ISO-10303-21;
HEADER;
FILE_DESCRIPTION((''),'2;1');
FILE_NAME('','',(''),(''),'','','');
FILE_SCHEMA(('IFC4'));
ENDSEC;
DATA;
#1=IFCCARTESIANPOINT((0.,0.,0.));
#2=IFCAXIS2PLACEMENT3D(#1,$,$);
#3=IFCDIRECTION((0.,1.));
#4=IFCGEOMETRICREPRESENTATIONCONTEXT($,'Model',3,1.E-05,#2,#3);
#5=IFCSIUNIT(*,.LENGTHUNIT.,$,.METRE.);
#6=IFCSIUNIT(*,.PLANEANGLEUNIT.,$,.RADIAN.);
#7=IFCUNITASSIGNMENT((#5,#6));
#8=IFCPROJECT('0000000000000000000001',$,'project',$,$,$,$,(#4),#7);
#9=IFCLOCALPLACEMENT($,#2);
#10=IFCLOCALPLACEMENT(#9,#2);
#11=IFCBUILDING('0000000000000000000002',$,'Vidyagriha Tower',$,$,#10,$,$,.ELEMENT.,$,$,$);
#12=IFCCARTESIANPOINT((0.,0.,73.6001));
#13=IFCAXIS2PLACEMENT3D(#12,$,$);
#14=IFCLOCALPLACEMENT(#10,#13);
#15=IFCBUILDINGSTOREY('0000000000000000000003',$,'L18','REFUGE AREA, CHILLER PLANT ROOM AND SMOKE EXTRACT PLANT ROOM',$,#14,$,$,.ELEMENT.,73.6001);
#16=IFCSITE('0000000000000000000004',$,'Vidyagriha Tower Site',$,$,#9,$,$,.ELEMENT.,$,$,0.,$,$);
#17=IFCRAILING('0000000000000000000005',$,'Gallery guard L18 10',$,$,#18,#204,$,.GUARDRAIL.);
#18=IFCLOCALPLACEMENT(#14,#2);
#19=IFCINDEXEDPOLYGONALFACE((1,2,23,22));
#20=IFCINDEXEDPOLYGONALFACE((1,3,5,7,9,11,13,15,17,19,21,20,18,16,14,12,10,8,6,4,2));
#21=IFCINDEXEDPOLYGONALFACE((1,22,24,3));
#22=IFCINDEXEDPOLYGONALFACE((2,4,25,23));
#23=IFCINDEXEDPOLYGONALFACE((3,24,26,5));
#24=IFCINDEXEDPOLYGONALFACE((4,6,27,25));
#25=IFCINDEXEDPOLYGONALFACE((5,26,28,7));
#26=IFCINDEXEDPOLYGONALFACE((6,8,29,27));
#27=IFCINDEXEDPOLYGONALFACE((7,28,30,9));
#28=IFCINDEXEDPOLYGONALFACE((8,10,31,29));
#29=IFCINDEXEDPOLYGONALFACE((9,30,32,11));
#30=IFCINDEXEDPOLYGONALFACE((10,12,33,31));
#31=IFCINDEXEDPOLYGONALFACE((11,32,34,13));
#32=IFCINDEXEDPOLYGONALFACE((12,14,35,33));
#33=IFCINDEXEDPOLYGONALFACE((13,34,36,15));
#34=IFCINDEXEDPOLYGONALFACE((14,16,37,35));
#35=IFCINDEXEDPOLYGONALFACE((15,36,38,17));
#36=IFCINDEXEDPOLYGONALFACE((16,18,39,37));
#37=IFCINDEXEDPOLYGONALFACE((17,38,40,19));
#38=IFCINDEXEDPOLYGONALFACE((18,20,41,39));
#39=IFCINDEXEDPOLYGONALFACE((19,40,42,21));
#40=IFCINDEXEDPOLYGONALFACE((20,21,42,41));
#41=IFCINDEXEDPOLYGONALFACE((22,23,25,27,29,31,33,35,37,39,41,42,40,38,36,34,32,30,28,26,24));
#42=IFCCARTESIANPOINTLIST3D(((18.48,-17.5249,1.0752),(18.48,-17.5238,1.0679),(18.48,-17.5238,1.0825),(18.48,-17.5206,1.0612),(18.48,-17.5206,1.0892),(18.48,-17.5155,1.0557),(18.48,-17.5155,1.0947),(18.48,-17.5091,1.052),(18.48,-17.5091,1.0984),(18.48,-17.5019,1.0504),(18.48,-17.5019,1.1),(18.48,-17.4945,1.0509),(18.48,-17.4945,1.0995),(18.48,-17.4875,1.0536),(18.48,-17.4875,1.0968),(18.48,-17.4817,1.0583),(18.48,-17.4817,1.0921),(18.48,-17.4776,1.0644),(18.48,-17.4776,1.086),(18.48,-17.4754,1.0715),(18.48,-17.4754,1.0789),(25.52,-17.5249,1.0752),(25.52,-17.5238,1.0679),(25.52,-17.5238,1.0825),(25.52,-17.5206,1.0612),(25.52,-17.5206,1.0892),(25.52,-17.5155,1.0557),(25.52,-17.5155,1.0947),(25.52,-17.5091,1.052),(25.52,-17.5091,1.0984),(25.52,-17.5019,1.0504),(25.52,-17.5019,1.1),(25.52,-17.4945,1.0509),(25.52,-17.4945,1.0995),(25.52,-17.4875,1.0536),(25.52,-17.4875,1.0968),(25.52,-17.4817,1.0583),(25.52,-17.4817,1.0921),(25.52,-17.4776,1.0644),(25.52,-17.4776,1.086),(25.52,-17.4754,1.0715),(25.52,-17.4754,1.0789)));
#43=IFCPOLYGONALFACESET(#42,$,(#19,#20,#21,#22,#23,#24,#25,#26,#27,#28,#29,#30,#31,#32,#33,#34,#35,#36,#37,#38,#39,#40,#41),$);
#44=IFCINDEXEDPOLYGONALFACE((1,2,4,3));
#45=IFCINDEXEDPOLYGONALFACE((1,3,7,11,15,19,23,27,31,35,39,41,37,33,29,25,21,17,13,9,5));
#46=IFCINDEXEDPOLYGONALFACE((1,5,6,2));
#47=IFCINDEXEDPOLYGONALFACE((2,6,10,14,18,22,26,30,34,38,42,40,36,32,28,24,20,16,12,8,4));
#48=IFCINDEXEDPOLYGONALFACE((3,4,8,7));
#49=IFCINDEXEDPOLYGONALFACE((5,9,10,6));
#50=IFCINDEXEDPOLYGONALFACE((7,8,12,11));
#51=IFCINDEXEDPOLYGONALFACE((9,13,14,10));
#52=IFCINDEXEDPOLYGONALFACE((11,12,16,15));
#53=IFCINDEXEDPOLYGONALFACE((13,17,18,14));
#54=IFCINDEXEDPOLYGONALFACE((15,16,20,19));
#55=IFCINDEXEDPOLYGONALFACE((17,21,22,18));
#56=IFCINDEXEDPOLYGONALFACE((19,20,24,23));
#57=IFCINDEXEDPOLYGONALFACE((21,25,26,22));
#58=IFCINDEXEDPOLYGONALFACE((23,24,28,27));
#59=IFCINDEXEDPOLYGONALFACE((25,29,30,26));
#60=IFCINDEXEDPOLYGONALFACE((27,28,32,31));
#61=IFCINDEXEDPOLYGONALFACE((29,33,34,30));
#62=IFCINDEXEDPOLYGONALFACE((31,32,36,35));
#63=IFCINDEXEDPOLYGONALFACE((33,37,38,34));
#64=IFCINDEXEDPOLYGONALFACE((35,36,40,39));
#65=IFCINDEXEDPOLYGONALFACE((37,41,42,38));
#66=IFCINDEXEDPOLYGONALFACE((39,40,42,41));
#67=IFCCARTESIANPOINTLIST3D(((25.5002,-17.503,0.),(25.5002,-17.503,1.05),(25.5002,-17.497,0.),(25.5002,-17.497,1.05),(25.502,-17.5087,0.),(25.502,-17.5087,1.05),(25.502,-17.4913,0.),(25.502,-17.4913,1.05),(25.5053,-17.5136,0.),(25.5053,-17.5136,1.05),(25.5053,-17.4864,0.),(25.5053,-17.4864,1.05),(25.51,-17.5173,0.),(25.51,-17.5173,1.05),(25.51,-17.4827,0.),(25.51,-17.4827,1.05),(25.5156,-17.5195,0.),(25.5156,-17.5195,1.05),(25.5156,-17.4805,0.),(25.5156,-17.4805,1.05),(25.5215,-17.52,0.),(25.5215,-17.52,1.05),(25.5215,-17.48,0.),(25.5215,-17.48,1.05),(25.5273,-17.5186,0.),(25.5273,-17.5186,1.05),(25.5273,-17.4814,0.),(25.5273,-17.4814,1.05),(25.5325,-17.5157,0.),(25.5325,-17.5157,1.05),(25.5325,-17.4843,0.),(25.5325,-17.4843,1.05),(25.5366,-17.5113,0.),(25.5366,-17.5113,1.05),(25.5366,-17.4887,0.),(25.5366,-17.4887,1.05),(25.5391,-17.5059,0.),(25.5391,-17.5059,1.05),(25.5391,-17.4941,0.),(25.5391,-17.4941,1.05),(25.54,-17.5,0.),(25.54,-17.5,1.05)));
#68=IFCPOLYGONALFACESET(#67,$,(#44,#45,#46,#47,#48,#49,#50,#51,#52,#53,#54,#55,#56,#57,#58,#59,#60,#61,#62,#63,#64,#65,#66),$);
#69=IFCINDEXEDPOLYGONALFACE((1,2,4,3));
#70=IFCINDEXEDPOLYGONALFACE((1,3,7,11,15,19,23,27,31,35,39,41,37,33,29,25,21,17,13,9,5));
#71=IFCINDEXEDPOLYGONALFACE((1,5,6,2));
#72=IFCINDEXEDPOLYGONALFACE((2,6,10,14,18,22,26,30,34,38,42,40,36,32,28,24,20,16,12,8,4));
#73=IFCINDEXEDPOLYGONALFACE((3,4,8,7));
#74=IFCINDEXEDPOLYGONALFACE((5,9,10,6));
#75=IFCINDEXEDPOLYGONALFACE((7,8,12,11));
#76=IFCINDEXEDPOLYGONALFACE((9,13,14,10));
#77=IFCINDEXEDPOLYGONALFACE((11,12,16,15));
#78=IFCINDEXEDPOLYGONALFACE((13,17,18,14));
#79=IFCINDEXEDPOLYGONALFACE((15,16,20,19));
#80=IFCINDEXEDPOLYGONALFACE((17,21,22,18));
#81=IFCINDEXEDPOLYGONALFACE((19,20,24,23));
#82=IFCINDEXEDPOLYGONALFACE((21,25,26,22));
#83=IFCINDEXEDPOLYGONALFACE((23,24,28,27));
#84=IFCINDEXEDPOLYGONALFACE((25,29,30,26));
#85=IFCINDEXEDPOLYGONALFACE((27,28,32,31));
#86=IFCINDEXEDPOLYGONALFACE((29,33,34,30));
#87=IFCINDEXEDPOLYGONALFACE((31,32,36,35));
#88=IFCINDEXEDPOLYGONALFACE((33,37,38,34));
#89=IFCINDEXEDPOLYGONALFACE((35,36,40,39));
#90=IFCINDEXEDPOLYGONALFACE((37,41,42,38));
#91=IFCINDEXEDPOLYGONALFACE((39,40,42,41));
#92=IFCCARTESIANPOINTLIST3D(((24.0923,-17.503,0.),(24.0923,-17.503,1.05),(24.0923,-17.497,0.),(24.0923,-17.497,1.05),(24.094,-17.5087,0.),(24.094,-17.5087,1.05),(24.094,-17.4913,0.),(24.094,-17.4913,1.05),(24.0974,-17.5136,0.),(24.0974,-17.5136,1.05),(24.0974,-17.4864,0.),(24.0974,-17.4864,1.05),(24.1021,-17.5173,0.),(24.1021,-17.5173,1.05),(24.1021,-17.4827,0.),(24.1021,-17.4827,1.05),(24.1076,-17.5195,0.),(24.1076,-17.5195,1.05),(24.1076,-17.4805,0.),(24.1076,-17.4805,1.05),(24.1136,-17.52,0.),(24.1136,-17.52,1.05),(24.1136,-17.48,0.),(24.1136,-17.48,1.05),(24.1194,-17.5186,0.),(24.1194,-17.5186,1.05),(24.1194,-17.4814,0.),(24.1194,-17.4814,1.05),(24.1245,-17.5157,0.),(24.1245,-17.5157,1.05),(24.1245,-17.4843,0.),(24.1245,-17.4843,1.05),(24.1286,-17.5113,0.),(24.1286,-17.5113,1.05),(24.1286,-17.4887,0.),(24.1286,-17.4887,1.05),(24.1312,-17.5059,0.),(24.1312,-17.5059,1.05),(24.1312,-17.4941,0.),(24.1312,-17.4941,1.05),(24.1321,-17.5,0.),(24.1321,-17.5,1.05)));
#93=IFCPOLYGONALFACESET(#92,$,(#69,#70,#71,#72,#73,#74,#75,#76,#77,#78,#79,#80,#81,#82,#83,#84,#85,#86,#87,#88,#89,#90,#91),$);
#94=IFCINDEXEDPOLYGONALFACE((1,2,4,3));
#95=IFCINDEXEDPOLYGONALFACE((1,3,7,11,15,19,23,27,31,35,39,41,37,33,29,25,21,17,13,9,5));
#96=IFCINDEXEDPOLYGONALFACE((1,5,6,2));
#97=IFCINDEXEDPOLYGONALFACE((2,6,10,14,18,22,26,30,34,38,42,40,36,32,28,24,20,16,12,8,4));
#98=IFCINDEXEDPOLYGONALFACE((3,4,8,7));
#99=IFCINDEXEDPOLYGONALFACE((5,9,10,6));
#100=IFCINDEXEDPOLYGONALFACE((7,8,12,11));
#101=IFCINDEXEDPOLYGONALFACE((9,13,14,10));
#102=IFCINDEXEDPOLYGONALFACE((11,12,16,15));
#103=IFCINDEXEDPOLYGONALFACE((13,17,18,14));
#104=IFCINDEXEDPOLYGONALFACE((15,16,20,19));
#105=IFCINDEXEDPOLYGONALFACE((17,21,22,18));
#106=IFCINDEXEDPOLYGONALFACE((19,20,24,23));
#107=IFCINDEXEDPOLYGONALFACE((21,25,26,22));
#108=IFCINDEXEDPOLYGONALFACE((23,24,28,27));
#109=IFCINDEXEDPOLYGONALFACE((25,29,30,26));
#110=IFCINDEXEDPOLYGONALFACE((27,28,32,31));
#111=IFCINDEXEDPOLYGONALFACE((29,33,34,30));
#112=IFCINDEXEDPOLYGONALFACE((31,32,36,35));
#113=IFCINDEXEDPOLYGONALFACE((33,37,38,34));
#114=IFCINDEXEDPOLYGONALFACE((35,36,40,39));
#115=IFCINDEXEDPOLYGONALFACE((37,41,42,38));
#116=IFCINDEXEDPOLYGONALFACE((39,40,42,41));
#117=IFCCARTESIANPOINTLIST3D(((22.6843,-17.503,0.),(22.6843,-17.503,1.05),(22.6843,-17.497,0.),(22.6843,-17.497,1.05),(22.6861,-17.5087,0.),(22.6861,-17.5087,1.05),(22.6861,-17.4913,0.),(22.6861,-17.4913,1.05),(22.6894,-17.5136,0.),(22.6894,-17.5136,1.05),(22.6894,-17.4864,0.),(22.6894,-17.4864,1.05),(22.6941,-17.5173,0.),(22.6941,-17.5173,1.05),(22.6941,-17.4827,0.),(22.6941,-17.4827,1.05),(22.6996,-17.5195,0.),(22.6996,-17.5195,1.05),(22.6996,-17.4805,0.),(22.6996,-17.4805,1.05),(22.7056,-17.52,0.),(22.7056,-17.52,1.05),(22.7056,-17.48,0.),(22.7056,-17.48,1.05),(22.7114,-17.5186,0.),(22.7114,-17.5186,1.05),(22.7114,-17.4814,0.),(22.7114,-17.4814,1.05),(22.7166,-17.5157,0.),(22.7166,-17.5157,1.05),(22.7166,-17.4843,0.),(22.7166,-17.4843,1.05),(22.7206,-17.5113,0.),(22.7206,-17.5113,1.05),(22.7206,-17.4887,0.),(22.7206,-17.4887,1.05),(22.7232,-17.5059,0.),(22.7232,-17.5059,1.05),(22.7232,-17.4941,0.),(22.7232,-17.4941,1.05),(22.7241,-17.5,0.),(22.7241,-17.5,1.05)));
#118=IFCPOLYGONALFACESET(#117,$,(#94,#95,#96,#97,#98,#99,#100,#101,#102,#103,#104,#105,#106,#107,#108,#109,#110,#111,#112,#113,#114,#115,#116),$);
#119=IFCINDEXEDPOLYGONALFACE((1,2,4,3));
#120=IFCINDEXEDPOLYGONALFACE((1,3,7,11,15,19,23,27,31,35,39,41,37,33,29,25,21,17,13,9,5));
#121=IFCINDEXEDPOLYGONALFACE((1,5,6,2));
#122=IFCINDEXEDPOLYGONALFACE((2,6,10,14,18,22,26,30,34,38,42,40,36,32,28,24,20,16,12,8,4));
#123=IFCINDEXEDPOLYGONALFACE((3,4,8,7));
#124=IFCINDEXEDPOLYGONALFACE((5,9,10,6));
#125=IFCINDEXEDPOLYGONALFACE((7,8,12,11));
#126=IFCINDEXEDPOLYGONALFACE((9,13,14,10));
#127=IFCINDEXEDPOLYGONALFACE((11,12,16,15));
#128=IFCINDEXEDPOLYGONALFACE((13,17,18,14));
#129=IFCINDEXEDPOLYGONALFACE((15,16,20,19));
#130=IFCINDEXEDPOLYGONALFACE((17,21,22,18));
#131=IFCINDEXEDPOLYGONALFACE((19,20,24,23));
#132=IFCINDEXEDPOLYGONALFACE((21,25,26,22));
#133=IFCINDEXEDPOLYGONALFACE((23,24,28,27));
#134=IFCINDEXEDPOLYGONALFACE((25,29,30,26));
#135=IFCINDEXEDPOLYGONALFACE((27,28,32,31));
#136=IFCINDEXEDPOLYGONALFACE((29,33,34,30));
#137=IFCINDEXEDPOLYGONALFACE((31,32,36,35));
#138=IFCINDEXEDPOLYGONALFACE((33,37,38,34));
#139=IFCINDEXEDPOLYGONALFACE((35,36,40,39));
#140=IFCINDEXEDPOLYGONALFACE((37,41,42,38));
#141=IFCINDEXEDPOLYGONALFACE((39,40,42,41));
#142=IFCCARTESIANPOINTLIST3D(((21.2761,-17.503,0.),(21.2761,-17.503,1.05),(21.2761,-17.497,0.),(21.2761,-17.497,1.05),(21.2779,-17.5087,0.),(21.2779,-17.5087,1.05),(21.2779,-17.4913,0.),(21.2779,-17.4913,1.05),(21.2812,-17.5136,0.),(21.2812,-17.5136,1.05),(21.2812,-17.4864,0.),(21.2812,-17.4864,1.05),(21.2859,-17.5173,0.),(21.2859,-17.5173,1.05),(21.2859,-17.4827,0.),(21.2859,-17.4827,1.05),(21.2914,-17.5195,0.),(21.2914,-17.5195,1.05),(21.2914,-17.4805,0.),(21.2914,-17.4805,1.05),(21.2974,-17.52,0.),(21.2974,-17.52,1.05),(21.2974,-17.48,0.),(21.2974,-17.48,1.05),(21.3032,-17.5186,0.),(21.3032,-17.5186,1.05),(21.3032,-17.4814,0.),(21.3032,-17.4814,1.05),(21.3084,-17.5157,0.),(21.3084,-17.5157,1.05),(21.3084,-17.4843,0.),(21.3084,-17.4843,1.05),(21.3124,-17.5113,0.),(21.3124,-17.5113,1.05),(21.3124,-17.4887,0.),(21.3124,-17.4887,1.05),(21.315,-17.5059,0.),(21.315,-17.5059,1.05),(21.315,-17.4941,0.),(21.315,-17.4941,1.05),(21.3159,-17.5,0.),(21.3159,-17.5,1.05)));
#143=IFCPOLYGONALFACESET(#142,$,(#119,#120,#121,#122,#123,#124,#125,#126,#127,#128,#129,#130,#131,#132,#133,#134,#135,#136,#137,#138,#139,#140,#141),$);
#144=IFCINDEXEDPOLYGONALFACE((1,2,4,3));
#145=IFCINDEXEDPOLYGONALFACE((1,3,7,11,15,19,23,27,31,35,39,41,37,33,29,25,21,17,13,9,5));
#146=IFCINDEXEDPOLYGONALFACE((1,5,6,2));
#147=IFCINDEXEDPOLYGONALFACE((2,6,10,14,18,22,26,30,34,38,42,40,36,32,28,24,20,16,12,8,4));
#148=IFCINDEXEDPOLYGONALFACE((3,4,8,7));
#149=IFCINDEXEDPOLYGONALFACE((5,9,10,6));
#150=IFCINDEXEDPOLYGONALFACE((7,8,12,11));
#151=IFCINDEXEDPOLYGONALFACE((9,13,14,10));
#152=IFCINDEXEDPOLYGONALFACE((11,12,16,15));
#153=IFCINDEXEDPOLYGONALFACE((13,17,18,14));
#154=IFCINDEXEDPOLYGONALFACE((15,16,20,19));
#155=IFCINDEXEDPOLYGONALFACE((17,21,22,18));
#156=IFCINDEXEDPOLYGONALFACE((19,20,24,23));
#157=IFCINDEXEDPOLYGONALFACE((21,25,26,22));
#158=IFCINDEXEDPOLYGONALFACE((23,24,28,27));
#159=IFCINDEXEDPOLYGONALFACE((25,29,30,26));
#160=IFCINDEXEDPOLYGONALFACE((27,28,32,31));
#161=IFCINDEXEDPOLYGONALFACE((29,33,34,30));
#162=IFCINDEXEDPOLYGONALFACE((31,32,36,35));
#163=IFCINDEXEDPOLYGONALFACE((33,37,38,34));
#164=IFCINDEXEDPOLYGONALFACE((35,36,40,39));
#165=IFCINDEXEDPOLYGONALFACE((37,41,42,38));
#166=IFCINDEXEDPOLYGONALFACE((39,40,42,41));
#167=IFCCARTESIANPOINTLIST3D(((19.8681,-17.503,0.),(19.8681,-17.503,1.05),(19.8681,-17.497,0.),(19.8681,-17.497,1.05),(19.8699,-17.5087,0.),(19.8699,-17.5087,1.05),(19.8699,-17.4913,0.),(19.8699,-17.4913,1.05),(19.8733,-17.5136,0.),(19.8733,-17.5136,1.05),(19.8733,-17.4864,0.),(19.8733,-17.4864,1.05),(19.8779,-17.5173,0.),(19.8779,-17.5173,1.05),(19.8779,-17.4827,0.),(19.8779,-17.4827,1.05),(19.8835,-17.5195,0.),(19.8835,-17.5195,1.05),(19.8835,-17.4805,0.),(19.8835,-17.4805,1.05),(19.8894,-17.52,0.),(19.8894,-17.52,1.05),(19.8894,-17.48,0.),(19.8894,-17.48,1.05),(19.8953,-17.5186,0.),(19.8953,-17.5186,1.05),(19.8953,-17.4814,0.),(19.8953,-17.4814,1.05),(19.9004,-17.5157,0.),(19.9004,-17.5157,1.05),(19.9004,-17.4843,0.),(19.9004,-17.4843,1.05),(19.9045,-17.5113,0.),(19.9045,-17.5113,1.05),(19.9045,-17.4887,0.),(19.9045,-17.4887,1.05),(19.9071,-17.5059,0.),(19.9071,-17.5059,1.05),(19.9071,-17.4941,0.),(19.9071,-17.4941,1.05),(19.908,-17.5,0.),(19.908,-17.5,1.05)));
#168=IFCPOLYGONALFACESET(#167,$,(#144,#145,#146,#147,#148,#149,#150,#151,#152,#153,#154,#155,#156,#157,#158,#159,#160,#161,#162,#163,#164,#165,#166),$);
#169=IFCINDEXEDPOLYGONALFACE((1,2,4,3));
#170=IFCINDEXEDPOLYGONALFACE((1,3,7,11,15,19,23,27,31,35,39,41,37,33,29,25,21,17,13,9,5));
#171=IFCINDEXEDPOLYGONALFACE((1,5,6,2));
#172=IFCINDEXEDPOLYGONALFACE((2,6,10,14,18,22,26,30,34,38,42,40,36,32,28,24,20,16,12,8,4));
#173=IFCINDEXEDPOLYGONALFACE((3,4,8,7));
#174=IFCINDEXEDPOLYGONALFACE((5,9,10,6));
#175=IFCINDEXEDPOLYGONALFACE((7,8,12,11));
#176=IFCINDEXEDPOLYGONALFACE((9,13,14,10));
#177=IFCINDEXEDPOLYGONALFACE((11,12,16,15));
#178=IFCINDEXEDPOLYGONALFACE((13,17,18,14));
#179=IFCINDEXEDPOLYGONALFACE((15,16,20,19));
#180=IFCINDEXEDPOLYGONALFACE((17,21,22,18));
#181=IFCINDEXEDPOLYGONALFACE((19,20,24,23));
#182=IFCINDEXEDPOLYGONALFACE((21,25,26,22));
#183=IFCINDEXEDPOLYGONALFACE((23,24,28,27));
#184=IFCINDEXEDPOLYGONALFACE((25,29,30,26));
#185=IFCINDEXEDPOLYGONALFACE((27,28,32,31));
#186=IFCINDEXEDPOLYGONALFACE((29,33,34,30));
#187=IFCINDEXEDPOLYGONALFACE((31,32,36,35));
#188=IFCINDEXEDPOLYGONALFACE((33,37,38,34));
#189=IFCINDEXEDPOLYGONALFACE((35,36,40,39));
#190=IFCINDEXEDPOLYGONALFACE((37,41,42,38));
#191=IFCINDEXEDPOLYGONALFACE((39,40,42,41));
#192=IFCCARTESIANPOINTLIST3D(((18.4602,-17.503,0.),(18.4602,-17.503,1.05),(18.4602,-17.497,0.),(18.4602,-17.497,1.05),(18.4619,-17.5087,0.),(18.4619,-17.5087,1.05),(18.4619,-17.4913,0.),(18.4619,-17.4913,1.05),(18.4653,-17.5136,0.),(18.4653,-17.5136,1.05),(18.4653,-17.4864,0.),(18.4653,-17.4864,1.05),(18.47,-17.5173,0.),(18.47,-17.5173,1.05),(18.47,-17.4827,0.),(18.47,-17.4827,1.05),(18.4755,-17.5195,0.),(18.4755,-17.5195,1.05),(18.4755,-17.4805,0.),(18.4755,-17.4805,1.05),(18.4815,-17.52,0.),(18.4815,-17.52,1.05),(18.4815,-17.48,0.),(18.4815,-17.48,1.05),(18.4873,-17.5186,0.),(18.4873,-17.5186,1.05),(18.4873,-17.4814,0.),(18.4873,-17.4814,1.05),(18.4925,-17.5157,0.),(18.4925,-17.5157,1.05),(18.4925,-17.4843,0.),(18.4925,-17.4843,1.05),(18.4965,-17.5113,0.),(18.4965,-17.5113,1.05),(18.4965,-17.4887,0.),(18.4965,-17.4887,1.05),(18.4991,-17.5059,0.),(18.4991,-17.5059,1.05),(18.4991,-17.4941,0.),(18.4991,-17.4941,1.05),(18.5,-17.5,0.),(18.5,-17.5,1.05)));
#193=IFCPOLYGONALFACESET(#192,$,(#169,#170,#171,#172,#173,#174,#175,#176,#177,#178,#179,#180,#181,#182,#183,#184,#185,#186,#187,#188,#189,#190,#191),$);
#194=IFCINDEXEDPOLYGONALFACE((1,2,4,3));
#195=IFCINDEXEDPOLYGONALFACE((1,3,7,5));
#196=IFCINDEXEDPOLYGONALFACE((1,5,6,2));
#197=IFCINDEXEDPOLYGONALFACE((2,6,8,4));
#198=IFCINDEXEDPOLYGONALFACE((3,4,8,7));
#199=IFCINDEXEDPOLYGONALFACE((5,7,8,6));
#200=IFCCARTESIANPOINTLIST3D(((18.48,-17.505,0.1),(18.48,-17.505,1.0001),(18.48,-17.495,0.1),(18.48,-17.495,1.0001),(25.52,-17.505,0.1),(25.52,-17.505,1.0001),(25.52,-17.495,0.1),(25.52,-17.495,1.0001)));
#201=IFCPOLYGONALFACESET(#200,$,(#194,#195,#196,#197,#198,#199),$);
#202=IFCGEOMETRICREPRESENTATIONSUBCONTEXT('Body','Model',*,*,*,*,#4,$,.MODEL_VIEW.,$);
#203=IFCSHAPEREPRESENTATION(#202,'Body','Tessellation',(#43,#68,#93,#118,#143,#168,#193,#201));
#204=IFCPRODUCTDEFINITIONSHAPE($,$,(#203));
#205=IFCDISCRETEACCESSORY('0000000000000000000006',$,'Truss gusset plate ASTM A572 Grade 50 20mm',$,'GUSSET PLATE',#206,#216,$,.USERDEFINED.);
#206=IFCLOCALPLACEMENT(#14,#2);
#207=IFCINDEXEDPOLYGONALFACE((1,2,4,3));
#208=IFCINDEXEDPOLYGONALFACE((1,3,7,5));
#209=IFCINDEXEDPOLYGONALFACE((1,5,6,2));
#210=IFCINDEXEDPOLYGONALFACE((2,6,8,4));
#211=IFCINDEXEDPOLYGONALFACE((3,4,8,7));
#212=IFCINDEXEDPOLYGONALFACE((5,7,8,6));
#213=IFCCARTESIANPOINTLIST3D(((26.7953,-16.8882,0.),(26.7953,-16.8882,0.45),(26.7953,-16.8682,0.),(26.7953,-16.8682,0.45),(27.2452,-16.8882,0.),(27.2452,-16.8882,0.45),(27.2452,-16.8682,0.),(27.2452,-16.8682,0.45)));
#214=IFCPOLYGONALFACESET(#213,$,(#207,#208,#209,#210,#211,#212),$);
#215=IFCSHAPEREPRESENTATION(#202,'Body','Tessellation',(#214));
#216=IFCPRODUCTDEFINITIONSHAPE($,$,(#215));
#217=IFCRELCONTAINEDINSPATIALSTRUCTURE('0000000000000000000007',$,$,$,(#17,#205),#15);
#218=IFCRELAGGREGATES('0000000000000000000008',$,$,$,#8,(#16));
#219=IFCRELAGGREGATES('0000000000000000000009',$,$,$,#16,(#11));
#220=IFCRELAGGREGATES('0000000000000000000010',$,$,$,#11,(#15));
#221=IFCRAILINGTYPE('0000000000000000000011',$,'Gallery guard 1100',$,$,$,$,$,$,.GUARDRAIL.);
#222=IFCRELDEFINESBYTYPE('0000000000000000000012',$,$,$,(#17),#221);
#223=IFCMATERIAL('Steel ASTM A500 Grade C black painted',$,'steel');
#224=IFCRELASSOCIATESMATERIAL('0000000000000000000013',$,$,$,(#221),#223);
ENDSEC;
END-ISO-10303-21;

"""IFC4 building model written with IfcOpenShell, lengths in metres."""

from ifc_helpers import new_model, si_unit, direction, frame, origin, origin_2d, place, context, subcontext, project, spatial, rectangle, circle, extrude, material, type_object, element, save


model = new_model("IFC4")

# Units and contexts
model_context = context("Model", 3, precision=1e-05, world=origin(), true_north=direction((0.0, 1.0)))
body_context = subcontext(model_context, "Body", "Model", "MODEL_VIEW")
ifc_project = project(units=[si_unit("LENGTHUNIT", "METRE"), si_unit("PLANEANGLEUNIT", "RADIAN")], contexts=[model_context])

# Site, building, storey
site_placement = place(None, origin())
site = spatial("IfcSite", under=ifc_project, at=site_placement, Name="Vidyagriha Tower Site", CompositionType="ELEMENT", RefElevation=0.0)
building_placement = place(site_placement, origin())
building = spatial("IfcBuilding", under=site, at=building_placement, Name="Vidyagriha Tower", CompositionType="ELEMENT")
storey_placement = place(building_placement, frame((0.0, 0.0, 73.6001)))
storey = spatial("IfcBuildingStorey", under=building, at=storey_placement, Name="L18", Description="REFUGE AREA, CHILLER PLANT ROOM AND SMOKE EXTRACT PLANT ROOM", CompositionType="ELEMENT", Elevation=73.6001)

# Railing
ifc_material_1 = material(Name="Steel ASTM A500 Grade C black painted", Category="steel")
railing_type = type_object("IfcRailingType", Name="Gallery guard 1100", PredefinedType="GUARDRAIL", material=ifc_material_1)
for number, where, name in (
    (1, (25.52, -17.5, 0.0), "Gallery guard L18 10"),
):
    element("IfcRailing", number, at=place(storey_placement, frame(where)), inside=storey, type_object=railing_type, Name=name, PredefinedType="GUARDRAIL", context=body_context, shape_type="SweptSolid", body=[
        extrude(circle(Radius=0.0249, at=origin_2d()), frame((0.0, 0.0, 1.0752), z_axis=(-1.0, 0.0, 0.0), x_axis=(0.0, -1.0, 0.0)), (0.0, 0.0, 1.0), 7.04),
        extrude(circle(Radius=0.02, at=origin_2d()), origin(), (0.0, 0.0, 1.0), 1.05),
        extrude(circle(Radius=0.02, at=origin_2d()), frame((-1.408, 0.0, 0.0)), (0.0, 0.0, 1.0), 1.05),
        extrude(circle(Radius=0.02, at=origin_2d()), frame((-2.8159, 0.0, 0.0)), (0.0, 0.0, 1.0), 1.05),
        extrude(circle(Radius=0.02, at=origin_2d()), frame((-4.2241, 0.0, 0.0)), (0.0, 0.0, 1.0), 1.05),
        extrude(circle(Radius=0.02, at=origin_2d()), frame((-5.6321, 0.0, 0.0)), (0.0, 0.0, 1.0), 1.05),
        extrude(circle(Radius=0.02, at=origin_2d()), frame((-7.04, 0.0, 0.0)), (0.0, 0.0, 1.0), 1.05),
        extrude(rectangle(XDim=0.01, YDim=0.9001, at=origin_2d()), frame((0.0, 0.0, 0.55), z_axis=(-1.0, 0.0, 0.0), x_axis=(0.0, -1.0, 0.0)), (0.0, 0.0, 1.0), 7.04),
    ])

# Discrete accessory
for number, where, name in (
    (2, (27.0203, -16.8782, 0.0), "Truss gusset plate ASTM A572 Grade 50 20mm"),
):
    element("IfcDiscreteAccessory", number, at=place(storey_placement, frame(where)), inside=storey, Name=name, ObjectType="GUSSET PLATE", PredefinedType="USERDEFINED", context=body_context, shape_type="SweptSolid", body=[
        extrude(rectangle(XDim=0.45, YDim=0.02, at=origin_2d()), origin(), (0.0, 0.0, 1.0), 0.45),
    ])

save(model, "model.ifc")
